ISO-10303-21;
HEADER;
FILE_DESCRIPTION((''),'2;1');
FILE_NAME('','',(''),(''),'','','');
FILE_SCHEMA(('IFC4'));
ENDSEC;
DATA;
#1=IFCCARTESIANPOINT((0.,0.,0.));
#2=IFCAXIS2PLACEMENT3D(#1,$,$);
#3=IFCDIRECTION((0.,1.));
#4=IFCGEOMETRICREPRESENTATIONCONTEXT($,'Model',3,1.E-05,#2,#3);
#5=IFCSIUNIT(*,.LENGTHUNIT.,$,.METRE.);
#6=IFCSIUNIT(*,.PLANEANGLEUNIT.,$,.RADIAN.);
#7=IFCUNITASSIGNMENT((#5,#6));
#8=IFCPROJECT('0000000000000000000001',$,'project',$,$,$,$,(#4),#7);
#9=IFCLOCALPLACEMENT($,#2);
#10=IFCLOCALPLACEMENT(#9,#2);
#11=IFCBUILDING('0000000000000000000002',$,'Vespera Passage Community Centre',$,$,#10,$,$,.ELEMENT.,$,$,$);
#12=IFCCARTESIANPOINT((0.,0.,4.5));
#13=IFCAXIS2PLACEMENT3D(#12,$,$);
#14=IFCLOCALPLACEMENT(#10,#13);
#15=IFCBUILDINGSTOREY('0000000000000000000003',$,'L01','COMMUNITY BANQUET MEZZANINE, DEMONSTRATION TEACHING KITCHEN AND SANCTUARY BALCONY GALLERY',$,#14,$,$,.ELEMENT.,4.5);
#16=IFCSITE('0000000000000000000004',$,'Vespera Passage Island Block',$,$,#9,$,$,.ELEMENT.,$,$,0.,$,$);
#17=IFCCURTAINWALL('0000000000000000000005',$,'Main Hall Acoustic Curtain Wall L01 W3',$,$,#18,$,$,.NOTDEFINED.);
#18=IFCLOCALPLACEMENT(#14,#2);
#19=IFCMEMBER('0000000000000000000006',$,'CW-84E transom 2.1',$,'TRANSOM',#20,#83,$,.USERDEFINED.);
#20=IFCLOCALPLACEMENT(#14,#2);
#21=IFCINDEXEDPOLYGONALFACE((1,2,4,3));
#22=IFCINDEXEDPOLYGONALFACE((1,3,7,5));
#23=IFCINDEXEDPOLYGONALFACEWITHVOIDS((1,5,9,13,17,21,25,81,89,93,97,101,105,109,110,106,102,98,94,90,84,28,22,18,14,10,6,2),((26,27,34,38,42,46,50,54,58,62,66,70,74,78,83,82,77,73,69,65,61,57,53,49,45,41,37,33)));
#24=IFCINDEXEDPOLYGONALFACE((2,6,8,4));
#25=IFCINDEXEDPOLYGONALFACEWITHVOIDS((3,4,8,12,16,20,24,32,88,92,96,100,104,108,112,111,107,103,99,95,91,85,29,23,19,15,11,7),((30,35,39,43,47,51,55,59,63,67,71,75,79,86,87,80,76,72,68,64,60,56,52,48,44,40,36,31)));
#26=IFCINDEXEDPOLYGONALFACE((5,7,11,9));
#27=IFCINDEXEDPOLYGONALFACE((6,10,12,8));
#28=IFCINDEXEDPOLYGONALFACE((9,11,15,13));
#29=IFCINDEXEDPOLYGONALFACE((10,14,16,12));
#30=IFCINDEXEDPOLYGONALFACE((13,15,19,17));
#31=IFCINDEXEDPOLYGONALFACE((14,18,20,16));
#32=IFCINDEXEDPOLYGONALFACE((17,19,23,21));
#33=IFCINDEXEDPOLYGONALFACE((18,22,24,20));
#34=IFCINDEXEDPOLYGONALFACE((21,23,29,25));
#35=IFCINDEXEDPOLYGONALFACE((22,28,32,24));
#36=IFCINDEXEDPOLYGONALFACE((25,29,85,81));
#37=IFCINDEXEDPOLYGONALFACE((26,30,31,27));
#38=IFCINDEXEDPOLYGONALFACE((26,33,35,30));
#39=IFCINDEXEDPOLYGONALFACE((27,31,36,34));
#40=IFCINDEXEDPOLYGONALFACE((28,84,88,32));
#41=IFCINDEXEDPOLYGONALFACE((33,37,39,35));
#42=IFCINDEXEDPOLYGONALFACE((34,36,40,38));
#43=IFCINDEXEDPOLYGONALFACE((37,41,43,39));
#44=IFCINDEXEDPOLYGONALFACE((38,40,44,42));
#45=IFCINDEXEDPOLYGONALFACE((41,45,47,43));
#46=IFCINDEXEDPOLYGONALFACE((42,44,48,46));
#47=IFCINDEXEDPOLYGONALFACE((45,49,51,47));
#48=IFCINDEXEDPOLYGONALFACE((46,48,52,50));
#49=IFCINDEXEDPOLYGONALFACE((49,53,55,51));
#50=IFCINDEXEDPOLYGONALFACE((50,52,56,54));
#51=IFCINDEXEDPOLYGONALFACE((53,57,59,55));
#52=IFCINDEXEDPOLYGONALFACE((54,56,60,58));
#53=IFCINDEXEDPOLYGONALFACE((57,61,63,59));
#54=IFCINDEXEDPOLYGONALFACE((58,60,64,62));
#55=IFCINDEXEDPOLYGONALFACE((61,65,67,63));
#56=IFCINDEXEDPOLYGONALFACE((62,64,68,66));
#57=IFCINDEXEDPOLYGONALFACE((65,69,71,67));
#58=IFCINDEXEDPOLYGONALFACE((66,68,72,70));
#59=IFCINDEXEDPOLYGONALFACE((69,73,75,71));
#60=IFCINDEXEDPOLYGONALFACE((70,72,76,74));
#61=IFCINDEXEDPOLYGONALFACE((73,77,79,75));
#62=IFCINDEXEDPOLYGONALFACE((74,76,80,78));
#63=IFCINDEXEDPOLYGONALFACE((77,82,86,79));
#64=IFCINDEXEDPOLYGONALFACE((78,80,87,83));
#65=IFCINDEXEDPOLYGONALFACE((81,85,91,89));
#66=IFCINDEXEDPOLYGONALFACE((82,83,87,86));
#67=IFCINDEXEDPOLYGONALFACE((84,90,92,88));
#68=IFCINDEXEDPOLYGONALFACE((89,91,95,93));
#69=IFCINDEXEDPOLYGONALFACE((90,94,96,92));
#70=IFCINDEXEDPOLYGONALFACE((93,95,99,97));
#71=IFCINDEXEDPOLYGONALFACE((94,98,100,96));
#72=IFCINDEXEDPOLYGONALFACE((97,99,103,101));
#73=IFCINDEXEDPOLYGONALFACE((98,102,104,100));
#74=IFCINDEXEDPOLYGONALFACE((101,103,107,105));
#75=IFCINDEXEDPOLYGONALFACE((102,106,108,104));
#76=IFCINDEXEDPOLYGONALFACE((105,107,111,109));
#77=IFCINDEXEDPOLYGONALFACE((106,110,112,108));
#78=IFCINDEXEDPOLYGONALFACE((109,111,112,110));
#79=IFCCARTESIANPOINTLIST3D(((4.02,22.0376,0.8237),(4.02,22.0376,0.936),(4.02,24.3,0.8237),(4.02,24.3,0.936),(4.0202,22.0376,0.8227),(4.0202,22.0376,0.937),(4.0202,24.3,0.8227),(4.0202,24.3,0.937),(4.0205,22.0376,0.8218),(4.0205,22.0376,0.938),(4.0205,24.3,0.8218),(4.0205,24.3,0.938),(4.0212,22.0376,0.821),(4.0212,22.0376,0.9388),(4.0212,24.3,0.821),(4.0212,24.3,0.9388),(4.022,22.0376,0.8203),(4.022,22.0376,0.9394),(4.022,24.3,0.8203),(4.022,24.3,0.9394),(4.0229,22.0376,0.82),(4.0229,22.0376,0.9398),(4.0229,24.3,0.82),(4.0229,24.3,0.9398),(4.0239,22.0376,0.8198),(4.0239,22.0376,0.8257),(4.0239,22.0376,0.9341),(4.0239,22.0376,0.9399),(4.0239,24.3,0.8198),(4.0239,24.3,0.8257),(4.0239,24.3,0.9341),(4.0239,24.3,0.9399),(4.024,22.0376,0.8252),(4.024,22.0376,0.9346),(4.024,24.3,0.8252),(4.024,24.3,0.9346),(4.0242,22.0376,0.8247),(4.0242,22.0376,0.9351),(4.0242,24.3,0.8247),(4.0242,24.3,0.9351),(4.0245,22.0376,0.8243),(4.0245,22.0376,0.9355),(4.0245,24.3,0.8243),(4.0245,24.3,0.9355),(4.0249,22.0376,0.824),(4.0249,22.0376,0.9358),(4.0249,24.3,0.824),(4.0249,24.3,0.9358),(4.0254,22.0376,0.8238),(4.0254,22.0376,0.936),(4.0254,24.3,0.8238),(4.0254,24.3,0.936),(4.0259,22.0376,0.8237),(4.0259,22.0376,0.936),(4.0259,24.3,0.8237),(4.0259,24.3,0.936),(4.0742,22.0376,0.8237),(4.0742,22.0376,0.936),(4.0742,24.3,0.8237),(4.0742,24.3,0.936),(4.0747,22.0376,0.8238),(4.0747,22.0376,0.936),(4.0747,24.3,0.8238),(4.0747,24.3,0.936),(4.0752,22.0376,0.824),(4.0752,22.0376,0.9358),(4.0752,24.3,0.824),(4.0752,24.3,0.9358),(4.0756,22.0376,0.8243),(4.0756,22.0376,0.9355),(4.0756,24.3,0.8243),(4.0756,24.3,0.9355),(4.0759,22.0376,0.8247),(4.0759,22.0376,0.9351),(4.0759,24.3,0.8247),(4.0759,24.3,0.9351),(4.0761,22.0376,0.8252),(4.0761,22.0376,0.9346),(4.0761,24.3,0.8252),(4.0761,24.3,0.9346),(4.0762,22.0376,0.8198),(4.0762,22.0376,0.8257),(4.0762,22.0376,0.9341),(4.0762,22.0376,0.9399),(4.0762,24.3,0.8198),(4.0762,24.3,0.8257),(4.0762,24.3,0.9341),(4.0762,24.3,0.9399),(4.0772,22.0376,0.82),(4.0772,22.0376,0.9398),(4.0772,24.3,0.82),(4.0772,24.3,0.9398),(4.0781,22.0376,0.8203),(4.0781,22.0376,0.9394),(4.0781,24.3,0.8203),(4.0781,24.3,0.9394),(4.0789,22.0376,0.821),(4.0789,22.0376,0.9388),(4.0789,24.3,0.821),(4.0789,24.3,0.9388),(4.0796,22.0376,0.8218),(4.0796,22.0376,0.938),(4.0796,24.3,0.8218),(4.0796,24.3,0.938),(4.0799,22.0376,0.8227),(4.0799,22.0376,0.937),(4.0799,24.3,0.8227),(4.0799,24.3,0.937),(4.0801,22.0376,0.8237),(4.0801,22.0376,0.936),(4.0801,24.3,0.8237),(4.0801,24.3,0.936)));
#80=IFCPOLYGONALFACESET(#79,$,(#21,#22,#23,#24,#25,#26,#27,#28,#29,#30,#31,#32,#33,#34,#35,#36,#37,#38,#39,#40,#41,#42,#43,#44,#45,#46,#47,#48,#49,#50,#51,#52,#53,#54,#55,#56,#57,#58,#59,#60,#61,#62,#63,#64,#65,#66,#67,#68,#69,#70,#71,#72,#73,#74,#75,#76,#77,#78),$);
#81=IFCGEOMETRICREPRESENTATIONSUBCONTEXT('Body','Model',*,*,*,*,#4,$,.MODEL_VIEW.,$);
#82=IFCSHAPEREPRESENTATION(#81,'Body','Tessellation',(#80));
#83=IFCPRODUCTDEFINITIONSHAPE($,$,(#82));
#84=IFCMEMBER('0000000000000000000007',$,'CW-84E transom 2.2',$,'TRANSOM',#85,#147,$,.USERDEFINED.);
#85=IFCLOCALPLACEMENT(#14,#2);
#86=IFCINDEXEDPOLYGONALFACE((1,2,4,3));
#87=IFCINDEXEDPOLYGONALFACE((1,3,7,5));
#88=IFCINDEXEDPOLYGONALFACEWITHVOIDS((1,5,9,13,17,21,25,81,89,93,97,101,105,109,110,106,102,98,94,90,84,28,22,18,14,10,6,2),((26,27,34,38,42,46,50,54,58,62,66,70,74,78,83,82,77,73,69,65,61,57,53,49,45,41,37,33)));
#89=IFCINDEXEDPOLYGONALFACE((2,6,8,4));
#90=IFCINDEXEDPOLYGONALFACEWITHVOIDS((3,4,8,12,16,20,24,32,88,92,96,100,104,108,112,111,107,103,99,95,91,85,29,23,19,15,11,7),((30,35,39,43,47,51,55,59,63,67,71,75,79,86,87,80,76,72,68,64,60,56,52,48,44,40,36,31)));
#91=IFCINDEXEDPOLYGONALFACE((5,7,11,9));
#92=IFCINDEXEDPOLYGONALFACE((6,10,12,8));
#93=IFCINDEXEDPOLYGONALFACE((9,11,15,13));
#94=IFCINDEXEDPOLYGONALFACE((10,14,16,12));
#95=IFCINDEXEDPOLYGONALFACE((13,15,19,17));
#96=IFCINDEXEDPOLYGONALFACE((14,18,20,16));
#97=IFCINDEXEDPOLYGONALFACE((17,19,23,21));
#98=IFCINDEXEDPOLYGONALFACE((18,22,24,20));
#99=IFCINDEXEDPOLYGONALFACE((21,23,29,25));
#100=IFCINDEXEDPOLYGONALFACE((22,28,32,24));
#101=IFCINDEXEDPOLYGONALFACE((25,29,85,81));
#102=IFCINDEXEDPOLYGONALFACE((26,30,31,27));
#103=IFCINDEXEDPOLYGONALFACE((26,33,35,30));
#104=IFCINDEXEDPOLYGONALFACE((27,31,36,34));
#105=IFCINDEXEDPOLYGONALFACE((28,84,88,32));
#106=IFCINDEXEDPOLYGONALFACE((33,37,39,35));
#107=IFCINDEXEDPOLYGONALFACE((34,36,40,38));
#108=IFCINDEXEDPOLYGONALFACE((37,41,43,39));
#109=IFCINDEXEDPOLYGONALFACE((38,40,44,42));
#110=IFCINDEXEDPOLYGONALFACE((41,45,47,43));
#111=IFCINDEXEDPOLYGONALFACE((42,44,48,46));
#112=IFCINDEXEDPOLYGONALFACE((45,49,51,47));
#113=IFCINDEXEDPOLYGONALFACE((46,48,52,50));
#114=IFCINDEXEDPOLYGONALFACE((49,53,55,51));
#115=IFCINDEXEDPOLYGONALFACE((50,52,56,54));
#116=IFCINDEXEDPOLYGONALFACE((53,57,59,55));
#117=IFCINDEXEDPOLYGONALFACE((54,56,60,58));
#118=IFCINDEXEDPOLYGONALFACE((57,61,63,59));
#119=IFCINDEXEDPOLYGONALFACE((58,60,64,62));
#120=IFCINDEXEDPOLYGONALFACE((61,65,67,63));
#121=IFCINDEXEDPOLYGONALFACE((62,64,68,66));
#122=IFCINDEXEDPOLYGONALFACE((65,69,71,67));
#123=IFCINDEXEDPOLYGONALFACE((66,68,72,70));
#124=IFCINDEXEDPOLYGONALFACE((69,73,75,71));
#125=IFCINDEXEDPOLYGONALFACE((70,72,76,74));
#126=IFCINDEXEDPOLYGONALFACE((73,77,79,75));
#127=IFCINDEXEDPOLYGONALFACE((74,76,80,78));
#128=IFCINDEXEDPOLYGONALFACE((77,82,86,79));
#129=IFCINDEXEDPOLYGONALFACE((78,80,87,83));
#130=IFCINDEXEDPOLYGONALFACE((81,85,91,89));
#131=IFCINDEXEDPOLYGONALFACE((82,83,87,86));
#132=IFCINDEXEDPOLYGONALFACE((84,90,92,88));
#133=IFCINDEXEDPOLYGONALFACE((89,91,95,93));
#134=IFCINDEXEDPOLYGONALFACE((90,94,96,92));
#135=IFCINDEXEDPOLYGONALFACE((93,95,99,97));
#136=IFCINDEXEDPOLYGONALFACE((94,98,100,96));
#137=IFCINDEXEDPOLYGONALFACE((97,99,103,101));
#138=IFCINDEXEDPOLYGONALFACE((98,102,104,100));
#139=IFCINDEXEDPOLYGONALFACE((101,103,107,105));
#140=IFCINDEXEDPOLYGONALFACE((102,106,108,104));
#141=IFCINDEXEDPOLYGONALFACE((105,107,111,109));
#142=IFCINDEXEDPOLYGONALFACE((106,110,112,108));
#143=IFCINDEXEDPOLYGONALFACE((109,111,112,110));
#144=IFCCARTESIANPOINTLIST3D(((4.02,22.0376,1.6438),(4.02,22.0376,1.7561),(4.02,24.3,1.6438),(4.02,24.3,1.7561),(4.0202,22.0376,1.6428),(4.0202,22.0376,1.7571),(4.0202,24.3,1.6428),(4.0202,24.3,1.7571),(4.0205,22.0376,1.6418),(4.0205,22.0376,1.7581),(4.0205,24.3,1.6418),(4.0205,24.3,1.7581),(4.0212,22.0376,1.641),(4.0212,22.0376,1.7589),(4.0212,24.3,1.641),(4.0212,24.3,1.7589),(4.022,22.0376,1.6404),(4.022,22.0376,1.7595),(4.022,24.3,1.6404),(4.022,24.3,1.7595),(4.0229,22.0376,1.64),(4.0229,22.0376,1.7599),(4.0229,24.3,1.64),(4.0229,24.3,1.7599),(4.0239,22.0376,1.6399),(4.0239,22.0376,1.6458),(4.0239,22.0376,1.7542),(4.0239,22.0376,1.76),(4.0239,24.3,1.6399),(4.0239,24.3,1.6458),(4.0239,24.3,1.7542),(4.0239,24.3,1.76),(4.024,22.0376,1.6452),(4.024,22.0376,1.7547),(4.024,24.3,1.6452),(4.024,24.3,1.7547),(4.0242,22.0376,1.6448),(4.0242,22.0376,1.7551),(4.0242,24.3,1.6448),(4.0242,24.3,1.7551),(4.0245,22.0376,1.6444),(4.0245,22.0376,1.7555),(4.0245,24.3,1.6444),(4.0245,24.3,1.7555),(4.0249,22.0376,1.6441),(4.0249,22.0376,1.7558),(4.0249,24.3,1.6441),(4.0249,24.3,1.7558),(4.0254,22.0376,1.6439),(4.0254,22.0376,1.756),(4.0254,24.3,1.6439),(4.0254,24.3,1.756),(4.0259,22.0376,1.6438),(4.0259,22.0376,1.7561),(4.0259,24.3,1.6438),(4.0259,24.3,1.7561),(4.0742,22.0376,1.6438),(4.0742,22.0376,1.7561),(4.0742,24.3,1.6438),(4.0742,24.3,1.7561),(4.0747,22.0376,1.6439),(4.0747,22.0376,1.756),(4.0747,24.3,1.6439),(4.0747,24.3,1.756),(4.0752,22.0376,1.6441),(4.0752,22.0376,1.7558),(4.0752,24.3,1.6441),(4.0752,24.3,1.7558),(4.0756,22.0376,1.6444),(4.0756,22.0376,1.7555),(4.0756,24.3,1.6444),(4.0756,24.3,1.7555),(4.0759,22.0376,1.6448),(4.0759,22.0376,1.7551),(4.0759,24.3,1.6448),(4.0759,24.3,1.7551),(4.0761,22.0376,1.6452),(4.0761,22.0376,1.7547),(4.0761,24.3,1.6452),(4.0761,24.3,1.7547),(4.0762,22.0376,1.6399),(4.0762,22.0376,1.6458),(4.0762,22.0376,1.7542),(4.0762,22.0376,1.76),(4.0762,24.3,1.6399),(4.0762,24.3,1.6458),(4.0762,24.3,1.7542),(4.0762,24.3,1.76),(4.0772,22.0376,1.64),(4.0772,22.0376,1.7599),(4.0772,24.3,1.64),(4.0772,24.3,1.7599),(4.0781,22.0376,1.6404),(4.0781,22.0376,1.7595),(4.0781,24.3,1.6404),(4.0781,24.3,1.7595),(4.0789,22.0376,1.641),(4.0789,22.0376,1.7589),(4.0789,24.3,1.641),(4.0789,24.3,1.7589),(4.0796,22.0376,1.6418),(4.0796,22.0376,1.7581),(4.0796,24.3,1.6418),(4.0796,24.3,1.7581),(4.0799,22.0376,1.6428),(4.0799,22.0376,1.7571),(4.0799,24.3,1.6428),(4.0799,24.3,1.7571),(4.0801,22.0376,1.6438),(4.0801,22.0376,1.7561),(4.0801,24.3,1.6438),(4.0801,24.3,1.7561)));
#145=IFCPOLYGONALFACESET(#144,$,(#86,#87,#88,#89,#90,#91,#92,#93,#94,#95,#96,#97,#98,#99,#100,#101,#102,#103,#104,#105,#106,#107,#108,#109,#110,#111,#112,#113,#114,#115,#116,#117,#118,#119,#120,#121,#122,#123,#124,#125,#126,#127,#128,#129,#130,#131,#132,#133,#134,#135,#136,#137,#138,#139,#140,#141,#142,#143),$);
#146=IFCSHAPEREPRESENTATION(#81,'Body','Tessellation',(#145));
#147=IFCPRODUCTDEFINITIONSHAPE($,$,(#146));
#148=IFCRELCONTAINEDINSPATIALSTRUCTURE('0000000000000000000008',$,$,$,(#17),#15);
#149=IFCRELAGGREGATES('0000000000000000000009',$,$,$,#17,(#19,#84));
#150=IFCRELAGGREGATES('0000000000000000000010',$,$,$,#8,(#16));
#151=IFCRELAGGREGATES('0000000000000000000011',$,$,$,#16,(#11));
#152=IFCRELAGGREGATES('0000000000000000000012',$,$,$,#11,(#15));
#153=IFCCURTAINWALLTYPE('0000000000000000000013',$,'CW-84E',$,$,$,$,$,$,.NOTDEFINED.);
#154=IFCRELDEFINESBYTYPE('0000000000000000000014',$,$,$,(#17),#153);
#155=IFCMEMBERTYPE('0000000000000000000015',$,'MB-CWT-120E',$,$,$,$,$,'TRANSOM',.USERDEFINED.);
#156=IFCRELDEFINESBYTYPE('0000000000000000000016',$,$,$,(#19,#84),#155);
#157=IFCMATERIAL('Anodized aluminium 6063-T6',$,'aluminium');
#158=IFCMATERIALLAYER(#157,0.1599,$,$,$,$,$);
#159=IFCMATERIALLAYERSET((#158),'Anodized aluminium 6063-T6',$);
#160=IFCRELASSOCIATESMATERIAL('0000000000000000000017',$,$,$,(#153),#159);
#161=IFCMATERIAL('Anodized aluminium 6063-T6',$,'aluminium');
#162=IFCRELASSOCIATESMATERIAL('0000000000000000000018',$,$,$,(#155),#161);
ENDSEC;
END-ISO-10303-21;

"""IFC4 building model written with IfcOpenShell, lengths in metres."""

from ifc_helpers import new_model, si_unit, direction, frame, origin, origin_2d, place, context, subcontext, project, spatial, hollow_rectangle, extrude, material, layer, layer_set, material_profile, profile_set, type_object, element, aggregate, save


model = new_model("IFC4")

# Units and contexts
model_context = context("Model", 3, precision=1e-05, world=origin(), true_north=direction((0.0, 1.0)))
body_context = subcontext(model_context, "Body", "Model", "MODEL_VIEW")
ifc_project = project(units=[si_unit("LENGTHUNIT", "METRE"), si_unit("PLANEANGLEUNIT", "RADIAN")], contexts=[model_context])

# Site, building, storey
site_placement = place(None, origin())
site = spatial("IfcSite", under=ifc_project, at=site_placement, Name="Vespera Passage Island Block", CompositionType="ELEMENT", RefElevation=0.0)
building_placement = place(site_placement, origin())
building = spatial("IfcBuilding", under=site, at=building_placement, Name="Vespera Passage Community Centre", CompositionType="ELEMENT")
storey_placement = place(building_placement, frame((0.0, 0.0, 4.5)))
storey = spatial("IfcBuildingStorey", under=building, at=storey_placement, Name="L01", Description="COMMUNITY BANQUET MEZZANINE, DEMONSTRATION TEACHING KITCHEN AND SANCTUARY BALCONY GALLERY", CompositionType="ELEMENT", Elevation=4.5)

# Curtain wall
ifc_material_1 = material(Name="Anodized aluminium 6063-T6", Category="aluminium")
ifc_layer_1 = layer(ifc_material_1, 0.1599)
ifc_layer_set_1 = layer_set([ifc_layer_1], Name="Anodized aluminium 6063-T6")
curtain_wall_type = type_object("IfcCurtainWallType", Name="CW-84E", PredefinedType="NOTDEFINED", material=ifc_layer_set_1)
curtain_wall_1_placement = place(storey_placement, origin())
curtain_wall_1 = element("IfcCurtainWall", 1, at=curtain_wall_1_placement, inside=storey, type_object=curtain_wall_type, Name="Main Hall Acoustic Curtain Wall L01 W3", PredefinedType="NOTDEFINED")

# Members
ifc_material_2 = material(Name="Anodized aluminium 6063-T6", Category="aluminium")
ifc_material_profile_1 = material_profile(ifc_material_2, hollow_rectangle(XDim=0.0601, YDim=0.1201, WallThickness=0.0039, InnerFilletRadius=0.002, OuterFilletRadius=0.0039, at=origin_2d()), Name="ALU120X60X4")
ifc_profile_set_1 = profile_set([ifc_material_profile_1], Name="Anodized aluminium 6063-T6")
member_type_1 = type_object("IfcMemberType", Name="MB-CWT-120E", ElementType="TRANSOM", PredefinedType="USERDEFINED", material=ifc_profile_set_1)
member_1_placement = place(storey_placement, frame((4.05, 22.0376, 0.8799), z_axis=(0.0, 1.0, 0.0), x_axis=(-1.0, 0.0, 0.0)))
member_1 = element("IfcMember", 2, at=member_1_placement, type_object=member_type_1, Name="CW-84E transom 2.1", ObjectType="TRANSOM", PredefinedType="USERDEFINED", context=body_context, shape_type="SweptSolid", body=[
    extrude(hollow_rectangle(XDim=0.0601, YDim=0.1201, WallThickness=0.0039, InnerFilletRadius=0.002, OuterFilletRadius=0.0039, at=origin_2d()), origin(), (0.0, 0.0, 1.0), 2.2625),
])
member_2_placement = place(storey_placement, frame((4.05, 22.0376, 1.7), z_axis=(0.0, 1.0, 0.0), x_axis=(-1.0, 0.0, 0.0)))
member_2 = element("IfcMember", 3, at=member_2_placement, type_object=member_type_1, Name="CW-84E transom 2.2", ObjectType="TRANSOM", PredefinedType="USERDEFINED", context=body_context, shape_type="SweptSolid", body=[
    extrude(hollow_rectangle(XDim=0.0601, YDim=0.1201, WallThickness=0.0039, InnerFilletRadius=0.002, OuterFilletRadius=0.0039, at=origin_2d()), origin(), (0.0, 0.0, 1.0), 2.2625),
])

aggregate(curtain_wall_1, [member_1, member_2])

save(model, "model.ifc")
